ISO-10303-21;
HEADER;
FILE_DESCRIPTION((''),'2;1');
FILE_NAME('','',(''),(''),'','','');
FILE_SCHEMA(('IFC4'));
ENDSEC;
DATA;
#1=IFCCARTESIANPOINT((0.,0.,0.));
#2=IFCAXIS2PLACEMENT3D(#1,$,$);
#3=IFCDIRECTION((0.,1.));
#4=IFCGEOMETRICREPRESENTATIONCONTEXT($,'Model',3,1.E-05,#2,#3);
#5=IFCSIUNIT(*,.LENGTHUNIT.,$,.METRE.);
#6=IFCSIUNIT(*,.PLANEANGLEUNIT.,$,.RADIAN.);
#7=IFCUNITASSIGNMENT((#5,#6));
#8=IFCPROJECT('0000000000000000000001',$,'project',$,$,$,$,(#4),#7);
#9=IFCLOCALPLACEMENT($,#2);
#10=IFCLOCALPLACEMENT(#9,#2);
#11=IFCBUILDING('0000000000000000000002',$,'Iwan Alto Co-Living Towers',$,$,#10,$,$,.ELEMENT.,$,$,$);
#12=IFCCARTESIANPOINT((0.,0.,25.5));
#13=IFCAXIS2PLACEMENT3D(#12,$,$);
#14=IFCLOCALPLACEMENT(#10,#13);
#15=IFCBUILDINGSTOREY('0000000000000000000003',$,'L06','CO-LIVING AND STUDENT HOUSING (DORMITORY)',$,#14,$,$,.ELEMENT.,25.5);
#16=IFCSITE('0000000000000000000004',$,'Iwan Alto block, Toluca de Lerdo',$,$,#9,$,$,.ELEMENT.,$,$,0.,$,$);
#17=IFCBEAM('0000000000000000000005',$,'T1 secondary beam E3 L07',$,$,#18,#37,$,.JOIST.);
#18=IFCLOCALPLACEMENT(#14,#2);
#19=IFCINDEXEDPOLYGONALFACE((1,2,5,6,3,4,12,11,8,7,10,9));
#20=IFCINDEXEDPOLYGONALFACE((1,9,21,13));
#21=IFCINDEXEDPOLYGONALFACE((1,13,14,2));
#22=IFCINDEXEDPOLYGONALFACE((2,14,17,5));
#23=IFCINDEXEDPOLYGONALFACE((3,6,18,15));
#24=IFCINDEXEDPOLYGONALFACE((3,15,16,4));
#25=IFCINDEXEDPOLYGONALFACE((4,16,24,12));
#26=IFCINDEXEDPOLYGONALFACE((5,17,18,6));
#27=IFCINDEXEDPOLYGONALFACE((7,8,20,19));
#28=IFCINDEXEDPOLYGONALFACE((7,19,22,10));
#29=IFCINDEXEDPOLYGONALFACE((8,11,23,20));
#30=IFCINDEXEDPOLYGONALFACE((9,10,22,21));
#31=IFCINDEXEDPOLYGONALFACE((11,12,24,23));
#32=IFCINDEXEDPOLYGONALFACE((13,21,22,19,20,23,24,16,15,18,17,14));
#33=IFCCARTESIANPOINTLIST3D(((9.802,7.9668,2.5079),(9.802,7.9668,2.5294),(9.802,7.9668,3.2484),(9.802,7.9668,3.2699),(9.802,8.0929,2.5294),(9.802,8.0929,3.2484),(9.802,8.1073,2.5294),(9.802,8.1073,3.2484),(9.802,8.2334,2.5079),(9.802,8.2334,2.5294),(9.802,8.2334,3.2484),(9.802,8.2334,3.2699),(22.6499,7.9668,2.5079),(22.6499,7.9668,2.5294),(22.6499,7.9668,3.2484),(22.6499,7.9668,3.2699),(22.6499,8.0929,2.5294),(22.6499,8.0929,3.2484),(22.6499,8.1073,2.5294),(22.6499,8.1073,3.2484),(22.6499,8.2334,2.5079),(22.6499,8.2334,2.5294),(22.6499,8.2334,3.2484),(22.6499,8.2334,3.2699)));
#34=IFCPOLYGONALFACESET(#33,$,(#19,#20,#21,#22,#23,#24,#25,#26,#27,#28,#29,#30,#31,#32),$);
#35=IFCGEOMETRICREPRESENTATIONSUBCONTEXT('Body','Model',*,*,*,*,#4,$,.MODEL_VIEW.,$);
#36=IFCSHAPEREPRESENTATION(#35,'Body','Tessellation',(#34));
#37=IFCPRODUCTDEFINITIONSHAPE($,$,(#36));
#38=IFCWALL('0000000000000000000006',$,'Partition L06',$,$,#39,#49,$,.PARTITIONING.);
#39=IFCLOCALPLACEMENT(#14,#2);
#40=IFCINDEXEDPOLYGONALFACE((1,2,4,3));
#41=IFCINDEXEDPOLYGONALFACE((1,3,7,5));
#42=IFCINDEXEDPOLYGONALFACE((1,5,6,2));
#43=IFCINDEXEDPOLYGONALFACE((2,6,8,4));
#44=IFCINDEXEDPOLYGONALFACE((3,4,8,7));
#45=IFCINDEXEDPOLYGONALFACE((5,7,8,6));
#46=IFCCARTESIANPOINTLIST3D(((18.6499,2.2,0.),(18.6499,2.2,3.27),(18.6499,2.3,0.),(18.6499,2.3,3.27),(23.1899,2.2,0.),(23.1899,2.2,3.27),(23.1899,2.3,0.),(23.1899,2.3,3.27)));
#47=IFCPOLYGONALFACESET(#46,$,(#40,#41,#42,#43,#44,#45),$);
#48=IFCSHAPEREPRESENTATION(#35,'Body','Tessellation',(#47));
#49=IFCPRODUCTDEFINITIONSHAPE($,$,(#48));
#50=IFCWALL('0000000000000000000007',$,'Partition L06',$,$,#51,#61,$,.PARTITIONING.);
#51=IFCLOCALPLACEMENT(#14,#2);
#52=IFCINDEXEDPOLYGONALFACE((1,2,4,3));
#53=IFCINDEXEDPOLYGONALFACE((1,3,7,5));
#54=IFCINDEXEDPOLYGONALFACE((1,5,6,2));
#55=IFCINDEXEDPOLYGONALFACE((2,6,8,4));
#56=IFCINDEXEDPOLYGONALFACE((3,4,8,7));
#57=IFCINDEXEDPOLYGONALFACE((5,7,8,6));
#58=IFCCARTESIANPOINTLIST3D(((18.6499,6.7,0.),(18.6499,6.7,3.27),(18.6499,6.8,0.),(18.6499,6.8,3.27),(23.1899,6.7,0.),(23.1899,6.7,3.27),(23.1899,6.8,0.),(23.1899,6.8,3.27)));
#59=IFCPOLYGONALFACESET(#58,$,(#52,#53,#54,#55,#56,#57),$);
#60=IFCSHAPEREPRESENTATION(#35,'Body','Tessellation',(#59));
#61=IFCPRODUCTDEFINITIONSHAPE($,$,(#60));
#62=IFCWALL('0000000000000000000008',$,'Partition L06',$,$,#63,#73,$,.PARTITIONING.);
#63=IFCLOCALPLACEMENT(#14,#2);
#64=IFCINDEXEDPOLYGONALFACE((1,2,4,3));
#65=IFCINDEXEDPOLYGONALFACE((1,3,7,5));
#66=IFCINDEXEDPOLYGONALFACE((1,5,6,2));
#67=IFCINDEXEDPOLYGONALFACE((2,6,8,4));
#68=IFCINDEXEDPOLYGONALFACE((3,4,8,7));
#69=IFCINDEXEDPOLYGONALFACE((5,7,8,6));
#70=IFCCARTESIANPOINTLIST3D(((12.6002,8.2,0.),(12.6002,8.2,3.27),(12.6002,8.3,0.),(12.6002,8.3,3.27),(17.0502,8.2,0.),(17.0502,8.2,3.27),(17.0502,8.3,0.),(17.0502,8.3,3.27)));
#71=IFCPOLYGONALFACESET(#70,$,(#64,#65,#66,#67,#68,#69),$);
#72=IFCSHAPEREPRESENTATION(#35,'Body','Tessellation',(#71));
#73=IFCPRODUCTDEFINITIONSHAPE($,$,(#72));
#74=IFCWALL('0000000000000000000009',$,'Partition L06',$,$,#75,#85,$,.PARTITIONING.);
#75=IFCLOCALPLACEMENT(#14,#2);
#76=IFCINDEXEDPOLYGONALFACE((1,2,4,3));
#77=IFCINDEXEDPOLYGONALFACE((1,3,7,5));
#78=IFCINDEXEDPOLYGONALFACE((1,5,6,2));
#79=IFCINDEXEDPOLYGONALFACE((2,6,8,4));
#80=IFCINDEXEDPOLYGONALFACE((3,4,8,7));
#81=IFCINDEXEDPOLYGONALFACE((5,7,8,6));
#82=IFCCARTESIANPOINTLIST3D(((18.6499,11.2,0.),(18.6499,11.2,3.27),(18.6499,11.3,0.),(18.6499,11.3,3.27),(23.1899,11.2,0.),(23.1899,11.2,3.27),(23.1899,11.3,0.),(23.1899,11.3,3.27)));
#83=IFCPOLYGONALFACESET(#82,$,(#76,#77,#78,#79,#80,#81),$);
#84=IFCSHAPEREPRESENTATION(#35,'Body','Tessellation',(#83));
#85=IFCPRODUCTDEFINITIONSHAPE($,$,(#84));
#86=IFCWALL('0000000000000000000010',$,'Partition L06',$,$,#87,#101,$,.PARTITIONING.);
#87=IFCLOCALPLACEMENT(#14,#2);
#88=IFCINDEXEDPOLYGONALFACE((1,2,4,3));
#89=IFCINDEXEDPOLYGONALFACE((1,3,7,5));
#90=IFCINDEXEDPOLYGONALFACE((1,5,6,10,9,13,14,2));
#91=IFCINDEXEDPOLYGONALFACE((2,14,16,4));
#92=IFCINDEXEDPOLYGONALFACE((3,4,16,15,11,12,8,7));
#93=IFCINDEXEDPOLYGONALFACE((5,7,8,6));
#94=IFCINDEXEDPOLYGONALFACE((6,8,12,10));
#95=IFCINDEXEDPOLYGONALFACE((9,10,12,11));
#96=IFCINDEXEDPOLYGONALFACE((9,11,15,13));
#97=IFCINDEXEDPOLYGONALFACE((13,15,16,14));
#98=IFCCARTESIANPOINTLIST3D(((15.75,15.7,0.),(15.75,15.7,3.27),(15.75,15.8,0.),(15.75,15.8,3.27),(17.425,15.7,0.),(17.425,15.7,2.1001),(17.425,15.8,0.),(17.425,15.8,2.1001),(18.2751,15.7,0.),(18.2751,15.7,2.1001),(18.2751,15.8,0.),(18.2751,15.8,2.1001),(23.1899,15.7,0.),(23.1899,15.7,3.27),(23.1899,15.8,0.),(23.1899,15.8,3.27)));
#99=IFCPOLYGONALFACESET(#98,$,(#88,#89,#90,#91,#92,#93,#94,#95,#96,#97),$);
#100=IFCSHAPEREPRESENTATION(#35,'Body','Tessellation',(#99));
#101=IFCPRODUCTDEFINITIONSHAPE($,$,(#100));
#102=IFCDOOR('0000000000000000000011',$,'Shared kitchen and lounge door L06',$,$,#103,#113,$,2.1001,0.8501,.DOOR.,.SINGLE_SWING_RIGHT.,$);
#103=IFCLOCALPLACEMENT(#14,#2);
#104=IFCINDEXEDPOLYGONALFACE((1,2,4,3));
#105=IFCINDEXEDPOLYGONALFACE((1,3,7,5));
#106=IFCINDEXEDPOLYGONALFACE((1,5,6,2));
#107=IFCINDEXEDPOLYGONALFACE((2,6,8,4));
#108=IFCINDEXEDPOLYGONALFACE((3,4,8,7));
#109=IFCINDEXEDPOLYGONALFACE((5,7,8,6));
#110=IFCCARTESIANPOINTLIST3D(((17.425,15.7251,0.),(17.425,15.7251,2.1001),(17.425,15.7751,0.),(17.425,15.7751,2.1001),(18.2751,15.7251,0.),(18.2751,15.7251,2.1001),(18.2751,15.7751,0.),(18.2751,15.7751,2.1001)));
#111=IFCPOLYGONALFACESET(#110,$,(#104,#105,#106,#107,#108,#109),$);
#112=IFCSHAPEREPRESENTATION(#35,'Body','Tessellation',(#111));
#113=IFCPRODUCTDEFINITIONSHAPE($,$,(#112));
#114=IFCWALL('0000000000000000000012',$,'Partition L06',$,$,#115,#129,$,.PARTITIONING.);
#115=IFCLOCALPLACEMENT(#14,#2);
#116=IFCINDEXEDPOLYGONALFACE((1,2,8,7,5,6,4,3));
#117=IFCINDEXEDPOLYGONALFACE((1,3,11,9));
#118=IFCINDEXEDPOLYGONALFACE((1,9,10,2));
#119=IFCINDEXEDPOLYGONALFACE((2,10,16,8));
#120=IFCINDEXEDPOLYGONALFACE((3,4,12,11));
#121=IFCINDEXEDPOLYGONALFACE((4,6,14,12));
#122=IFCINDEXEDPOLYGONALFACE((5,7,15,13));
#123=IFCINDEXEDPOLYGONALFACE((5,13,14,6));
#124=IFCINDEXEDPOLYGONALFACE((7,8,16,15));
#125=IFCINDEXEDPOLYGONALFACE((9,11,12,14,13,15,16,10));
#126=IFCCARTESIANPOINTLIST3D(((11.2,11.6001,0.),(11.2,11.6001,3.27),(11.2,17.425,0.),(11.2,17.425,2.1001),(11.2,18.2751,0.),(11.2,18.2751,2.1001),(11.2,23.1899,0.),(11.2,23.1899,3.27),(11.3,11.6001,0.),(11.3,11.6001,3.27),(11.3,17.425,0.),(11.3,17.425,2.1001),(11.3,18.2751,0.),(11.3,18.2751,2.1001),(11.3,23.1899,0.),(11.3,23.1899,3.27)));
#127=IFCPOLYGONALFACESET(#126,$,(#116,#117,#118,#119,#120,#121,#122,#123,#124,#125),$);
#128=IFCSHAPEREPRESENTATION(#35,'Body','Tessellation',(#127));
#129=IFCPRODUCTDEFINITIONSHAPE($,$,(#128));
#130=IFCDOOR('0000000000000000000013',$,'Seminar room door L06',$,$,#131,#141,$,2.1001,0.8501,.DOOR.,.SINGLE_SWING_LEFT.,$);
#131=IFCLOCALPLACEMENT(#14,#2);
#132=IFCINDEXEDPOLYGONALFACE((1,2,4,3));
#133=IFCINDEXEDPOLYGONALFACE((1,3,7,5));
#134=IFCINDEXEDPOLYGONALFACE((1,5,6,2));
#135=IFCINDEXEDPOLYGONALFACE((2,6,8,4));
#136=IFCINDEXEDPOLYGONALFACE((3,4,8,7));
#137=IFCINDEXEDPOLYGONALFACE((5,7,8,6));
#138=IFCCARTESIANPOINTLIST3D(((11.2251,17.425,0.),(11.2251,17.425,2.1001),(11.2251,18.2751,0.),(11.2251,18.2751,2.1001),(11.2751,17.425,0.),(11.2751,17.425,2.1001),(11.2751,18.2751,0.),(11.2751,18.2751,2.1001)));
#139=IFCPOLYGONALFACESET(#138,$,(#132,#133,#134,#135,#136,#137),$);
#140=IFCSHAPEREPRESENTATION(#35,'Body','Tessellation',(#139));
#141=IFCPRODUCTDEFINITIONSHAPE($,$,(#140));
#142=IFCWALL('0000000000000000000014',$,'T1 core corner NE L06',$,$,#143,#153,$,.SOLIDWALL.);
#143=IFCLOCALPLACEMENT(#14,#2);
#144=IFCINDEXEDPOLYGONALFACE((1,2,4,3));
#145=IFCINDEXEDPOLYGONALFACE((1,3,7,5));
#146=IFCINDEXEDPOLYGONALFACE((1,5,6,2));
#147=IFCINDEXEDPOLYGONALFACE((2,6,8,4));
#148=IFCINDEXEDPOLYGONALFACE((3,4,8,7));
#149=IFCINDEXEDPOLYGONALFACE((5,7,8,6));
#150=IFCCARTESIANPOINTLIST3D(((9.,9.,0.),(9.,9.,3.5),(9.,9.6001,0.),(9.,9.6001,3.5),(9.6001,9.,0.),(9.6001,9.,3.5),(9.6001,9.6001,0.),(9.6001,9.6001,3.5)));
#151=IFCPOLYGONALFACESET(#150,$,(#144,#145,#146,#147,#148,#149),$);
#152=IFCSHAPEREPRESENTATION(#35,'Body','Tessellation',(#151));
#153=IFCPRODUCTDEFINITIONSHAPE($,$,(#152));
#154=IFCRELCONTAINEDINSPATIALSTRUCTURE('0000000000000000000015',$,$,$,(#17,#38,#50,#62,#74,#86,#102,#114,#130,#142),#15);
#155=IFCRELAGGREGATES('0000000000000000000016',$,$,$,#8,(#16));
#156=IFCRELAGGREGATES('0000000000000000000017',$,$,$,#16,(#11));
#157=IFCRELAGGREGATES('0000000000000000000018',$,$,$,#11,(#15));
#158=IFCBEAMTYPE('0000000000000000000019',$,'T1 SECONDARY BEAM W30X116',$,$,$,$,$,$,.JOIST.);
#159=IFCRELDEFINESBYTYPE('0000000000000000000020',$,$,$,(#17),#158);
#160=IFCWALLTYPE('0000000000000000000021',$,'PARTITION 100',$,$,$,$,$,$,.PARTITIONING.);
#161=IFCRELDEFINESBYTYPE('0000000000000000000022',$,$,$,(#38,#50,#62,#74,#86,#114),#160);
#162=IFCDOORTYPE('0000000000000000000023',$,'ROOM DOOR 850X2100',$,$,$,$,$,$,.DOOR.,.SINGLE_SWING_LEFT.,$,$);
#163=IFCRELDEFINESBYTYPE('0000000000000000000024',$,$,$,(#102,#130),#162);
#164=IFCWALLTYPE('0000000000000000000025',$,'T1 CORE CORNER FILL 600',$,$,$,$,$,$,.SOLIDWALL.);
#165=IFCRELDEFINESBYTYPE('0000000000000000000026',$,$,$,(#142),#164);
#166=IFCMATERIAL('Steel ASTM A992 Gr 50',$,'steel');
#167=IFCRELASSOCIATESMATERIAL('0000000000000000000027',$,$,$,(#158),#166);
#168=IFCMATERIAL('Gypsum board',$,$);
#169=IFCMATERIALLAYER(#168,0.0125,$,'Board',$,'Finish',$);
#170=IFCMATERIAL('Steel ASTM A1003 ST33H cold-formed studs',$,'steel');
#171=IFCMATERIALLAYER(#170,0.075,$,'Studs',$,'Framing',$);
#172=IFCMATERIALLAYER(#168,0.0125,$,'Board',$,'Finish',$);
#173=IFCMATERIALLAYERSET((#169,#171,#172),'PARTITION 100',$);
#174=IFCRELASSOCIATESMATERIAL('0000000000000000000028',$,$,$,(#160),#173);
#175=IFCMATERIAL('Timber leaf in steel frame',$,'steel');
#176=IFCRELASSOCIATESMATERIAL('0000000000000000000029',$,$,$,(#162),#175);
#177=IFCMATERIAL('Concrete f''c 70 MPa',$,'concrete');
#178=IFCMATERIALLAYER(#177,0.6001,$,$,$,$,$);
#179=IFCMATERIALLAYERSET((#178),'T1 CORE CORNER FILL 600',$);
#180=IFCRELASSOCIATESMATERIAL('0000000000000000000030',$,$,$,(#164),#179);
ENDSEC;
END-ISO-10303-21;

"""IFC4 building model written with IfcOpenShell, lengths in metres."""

from ifc_helpers import new_model, si_unit, direction, frame, frame_2d, origin, origin_2d, place, context, subcontext, project, spatial, rectangle, i_section, extrude, material, layer, layer_set, material_profile, profile_set, type_object, element, fill, save


model = new_model("IFC4")

# Units and contexts
model_context = context("Model", 3, precision=1e-05, world=origin(), true_north=direction((0.0, 1.0)))
body_context = subcontext(model_context, "Body", "Model", "MODEL_VIEW")
ifc_project = project(units=[si_unit("LENGTHUNIT", "METRE"), si_unit("PLANEANGLEUNIT", "RADIAN")], contexts=[model_context])

# Site, building, storey
site_placement = place(None, origin())
site = spatial("IfcSite", under=ifc_project, at=site_placement, Name="Iwan Alto block, Toluca de Lerdo", CompositionType="ELEMENT", RefElevation=0.0)
building_placement = place(site_placement, origin())
building = spatial("IfcBuilding", under=site, at=building_placement, Name="Iwan Alto Co-Living Towers", CompositionType="ELEMENT")
storey_placement = place(building_placement, frame((0.0, 0.0, 25.5)))
storey = spatial("IfcBuildingStorey", under=building, at=storey_placement, Name="L06", Description="CO-LIVING AND STUDENT HOUSING (DORMITORY)", CompositionType="ELEMENT", Elevation=25.5)

# Beam
ifc_material_1 = material(Name="Steel ASTM A992 Gr 50", Category="steel")
ifc_material_profile_1 = material_profile(ifc_material_1, i_section(OverallWidth=0.2666, OverallDepth=0.762, WebThickness=0.0144, FlangeThickness=0.0215, at=origin_2d()), Name="W30X116")
ifc_profile_set_1 = profile_set([ifc_material_profile_1], Name="Steel ASTM A992 Gr 50")
beam_type_1 = type_object("IfcBeamType", Name="T1 SECONDARY BEAM W30X116", PredefinedType="JOIST", material=ifc_profile_set_1)
for number, where, z_axis, x_axis, name in (
    (1, (22.6499, 8.1001, 2.8889), (-1.0, 0.0, 0.0), (0.0, -1.0, 0.0), "T1 secondary beam E3 L07"),
):
    element("IfcBeam", number, at=place(storey_placement, frame(where, z_axis=z_axis, x_axis=x_axis)), inside=storey, type_object=beam_type_1, Name=name, PredefinedType="JOIST", context=body_context, shape_type="SweptSolid", body=[
        extrude(i_section(OverallWidth=0.2666, OverallDepth=0.762, WebThickness=0.0144, FlangeThickness=0.0215, at=origin_2d()), origin(), (0.0, 0.0, 1.0), 12.8479),
    ])

# Walls
ifc_material_2 = material(Name="Gypsum board")
ifc_layer_1 = layer(ifc_material_2, 0.0125, Name="Board", Category="Finish")
ifc_material_3 = material(Name="Steel ASTM A1003 ST33H cold-formed studs", Category="steel")
ifc_layer_2 = layer(ifc_material_3, 0.075, Name="Studs", Category="Framing")
ifc_layer_3 = layer(ifc_material_2, 0.0125, Name="Board", Category="Finish")
ifc_layer_set_1 = layer_set([ifc_layer_1, ifc_layer_2, ifc_layer_3], Name="PARTITION 100")
wall_type_1 = type_object("IfcWallType", Name="PARTITION 100", PredefinedType="PARTITIONING", material=ifc_layer_set_1)
for number, where, z_axis, x_axis, name in (
    (2, (18.6499, 2.25, 0.0), (0.0, 0.0, 1.0), (1.0, 0.0, 0.0), "Partition L06"),
    (3, (18.6499, 6.75, 0.0), (0.0, 0.0, 1.0), (1.0, 0.0, 0.0), "Partition L06"),
):
    element("IfcWall", number, at=place(storey_placement, frame(where, z_axis=z_axis, x_axis=x_axis)), inside=storey, type_object=wall_type_1, Name=name, PredefinedType="PARTITIONING", context=body_context, shape_type="SweptSolid", body=[
        extrude(rectangle(XDim=4.54, YDim=0.1001, at=frame_2d((2.27, 0.0))), origin(), (0.0, 0.0, 1.0), 3.27),
    ])
wall_1_placement = place(storey_placement, frame((12.6001, 8.25, 0.0), z_axis=(0.0, 0.0, 1.0), x_axis=(1.0, 0.0, 0.0)))
element("IfcWall", 4, at=wall_1_placement, inside=storey, type_object=wall_type_1, Name="Partition L06", PredefinedType="PARTITIONING", context=body_context, shape_type="SweptSolid", body=[
    extrude(rectangle(XDim=4.45, YDim=0.1001, at=frame_2d((2.2251, 0.0))), origin(), (0.0, 0.0, 1.0), 3.27),
])
wall_2_placement = place(storey_placement, frame((18.6499, 11.25, 0.0), z_axis=(0.0, 0.0, 1.0), x_axis=(1.0, 0.0, 0.0)))
element("IfcWall", 5, at=wall_2_placement, inside=storey, type_object=wall_type_1, Name="Partition L06", PredefinedType="PARTITIONING", context=body_context, shape_type="SweptSolid", body=[
    extrude(rectangle(XDim=4.54, YDim=0.1001, at=frame_2d((2.27, 0.0))), origin(), (0.0, 0.0, 1.0), 3.27),
])

# Walls, openings, doors
wall_3_placement = place(storey_placement, frame((15.75, 15.75, 0.0), z_axis=(0.0, 0.0, 1.0), x_axis=(1.0, 0.0, 0.0)))
wall_3 = element("IfcWall", 6, at=wall_3_placement, inside=storey, type_object=wall_type_1, Name="Partition L06", PredefinedType="PARTITIONING", context=body_context, shape_type="SweptSolid", body=[
    extrude(rectangle(XDim=7.4399, YDim=0.1001, at=frame_2d((3.72, 0.0))), origin(), (0.0, 0.0, 1.0), 3.27),
])
opening_1_placement = place(wall_3_placement, frame((1.675, 0.0, 0.0)))
opening_1 = element("IfcOpeningElement", 7, at=opening_1_placement, cuts=wall_3, PredefinedType="OPENING", context=body_context, shape_type="SweptSolid", body=[
    extrude(rectangle(XDim=0.8501, YDim=2.1001, at=frame_2d((0.425, 1.05))), frame((0.0, 0.0601, 0.0), z_axis=(0.0, -1.0, 0.0), x_axis=(1.0, 0.0, 0.0)), (0.0, 0.0, 1.0), 0.1201),
])
ifc_material_4 = material(Name="Timber leaf in steel frame", Category="steel")
door_type = type_object("IfcDoorType", Name="ROOM DOOR 850X2100", OperationType="SINGLE_SWING_LEFT", PredefinedType="DOOR", material=ifc_material_4)
door_1_placement = place(opening_1_placement, frame((0.8501, 0.0, 0.0), z_axis=(0.0, 0.0, 1.0), x_axis=(-1.0, 0.0, 0.0)))
door_1 = element("IfcDoor", 8, at=door_1_placement, inside=storey, type_object=door_type, Name="Shared kitchen and lounge door L06", OperationType="SINGLE_SWING_RIGHT", OverallHeight=2.1001, OverallWidth=0.8501, PredefinedType="DOOR", context=body_context, shape_type="SweptSolid", body=[
    extrude(rectangle(XDim=0.8501, YDim=2.1001, at=frame_2d((0.425, 1.05))), frame((0.0, 0.0249, 0.0), z_axis=(0.0, -1.0, 0.0), x_axis=(1.0, 0.0, 0.0)), (0.0, 0.0, 1.0), 0.05),
])
fill(opening_1, door_1)
wall_4_placement = place(storey_placement, frame((11.25, 11.6001, 0.0), z_axis=(0.0, 0.0, 1.0), x_axis=(0.0, 1.0, 0.0)))
wall_4 = element("IfcWall", 9, at=wall_4_placement, inside=storey, type_object=wall_type_1, Name="Partition L06", PredefinedType="PARTITIONING", context=body_context, shape_type="SweptSolid", body=[
    extrude(rectangle(XDim=11.5898, YDim=0.1001, at=frame_2d((5.7949, 0.0))), origin(), (0.0, 0.0, 1.0), 3.27),
])
opening_2_placement = place(wall_4_placement, frame((5.825, 0.0, 0.0)))
opening_2 = element("IfcOpeningElement", 10, at=opening_2_placement, cuts=wall_4, PredefinedType="OPENING", context=body_context, shape_type="SweptSolid", body=[
    extrude(rectangle(XDim=0.8501, YDim=2.1001, at=frame_2d((0.425, 1.05))), frame((0.0, 0.0601, 0.0), z_axis=(0.0, -1.0, 0.0), x_axis=(1.0, 0.0, 0.0)), (0.0, 0.0, 1.0), 0.1201),
])
door_2_placement = place(opening_2_placement, origin())
door_2 = element("IfcDoor", 11, at=door_2_placement, inside=storey, type_object=door_type, Name="Seminar room door L06", OperationType="SINGLE_SWING_LEFT", OverallHeight=2.1001, OverallWidth=0.8501, PredefinedType="DOOR", context=body_context, shape_type="SweptSolid", body=[
    extrude(rectangle(XDim=0.8501, YDim=2.1001, at=frame_2d((0.425, 1.05))), frame((0.0, 0.0249, 0.0), z_axis=(0.0, -1.0, 0.0), x_axis=(1.0, 0.0, 0.0)), (0.0, 0.0, 1.0), 0.05),
])
fill(opening_2, door_2)

# Wall
ifc_material_5 = material(Name="Concrete f'c 70 MPa", Category="concrete")
ifc_layer_4 = layer(ifc_material_5, 0.6001)
ifc_layer_set_2 = layer_set([ifc_layer_4], Name="T1 CORE CORNER FILL 600")
wall_type_2 = type_object("IfcWallType", Name="T1 CORE CORNER FILL 600", PredefinedType="SOLIDWALL", material=ifc_layer_set_2)
wall_5_placement = place(storey_placement, frame((9.0, 9.3, 0.0), z_axis=(0.0, 0.0, 1.0), x_axis=(1.0, 0.0, 0.0)))
element("IfcWall", 12, at=wall_5_placement, inside=storey, type_object=wall_type_2, Name="T1 core corner NE L06", PredefinedType="SOLIDWALL", context=body_context, shape_type="SweptSolid", body=[
    extrude(rectangle(XDim=0.6001, YDim=0.6001, at=frame_2d((0.3, 0.0))), origin(), (0.0, 0.0, 1.0), 3.5),
])

save(model, "model.ifc")
